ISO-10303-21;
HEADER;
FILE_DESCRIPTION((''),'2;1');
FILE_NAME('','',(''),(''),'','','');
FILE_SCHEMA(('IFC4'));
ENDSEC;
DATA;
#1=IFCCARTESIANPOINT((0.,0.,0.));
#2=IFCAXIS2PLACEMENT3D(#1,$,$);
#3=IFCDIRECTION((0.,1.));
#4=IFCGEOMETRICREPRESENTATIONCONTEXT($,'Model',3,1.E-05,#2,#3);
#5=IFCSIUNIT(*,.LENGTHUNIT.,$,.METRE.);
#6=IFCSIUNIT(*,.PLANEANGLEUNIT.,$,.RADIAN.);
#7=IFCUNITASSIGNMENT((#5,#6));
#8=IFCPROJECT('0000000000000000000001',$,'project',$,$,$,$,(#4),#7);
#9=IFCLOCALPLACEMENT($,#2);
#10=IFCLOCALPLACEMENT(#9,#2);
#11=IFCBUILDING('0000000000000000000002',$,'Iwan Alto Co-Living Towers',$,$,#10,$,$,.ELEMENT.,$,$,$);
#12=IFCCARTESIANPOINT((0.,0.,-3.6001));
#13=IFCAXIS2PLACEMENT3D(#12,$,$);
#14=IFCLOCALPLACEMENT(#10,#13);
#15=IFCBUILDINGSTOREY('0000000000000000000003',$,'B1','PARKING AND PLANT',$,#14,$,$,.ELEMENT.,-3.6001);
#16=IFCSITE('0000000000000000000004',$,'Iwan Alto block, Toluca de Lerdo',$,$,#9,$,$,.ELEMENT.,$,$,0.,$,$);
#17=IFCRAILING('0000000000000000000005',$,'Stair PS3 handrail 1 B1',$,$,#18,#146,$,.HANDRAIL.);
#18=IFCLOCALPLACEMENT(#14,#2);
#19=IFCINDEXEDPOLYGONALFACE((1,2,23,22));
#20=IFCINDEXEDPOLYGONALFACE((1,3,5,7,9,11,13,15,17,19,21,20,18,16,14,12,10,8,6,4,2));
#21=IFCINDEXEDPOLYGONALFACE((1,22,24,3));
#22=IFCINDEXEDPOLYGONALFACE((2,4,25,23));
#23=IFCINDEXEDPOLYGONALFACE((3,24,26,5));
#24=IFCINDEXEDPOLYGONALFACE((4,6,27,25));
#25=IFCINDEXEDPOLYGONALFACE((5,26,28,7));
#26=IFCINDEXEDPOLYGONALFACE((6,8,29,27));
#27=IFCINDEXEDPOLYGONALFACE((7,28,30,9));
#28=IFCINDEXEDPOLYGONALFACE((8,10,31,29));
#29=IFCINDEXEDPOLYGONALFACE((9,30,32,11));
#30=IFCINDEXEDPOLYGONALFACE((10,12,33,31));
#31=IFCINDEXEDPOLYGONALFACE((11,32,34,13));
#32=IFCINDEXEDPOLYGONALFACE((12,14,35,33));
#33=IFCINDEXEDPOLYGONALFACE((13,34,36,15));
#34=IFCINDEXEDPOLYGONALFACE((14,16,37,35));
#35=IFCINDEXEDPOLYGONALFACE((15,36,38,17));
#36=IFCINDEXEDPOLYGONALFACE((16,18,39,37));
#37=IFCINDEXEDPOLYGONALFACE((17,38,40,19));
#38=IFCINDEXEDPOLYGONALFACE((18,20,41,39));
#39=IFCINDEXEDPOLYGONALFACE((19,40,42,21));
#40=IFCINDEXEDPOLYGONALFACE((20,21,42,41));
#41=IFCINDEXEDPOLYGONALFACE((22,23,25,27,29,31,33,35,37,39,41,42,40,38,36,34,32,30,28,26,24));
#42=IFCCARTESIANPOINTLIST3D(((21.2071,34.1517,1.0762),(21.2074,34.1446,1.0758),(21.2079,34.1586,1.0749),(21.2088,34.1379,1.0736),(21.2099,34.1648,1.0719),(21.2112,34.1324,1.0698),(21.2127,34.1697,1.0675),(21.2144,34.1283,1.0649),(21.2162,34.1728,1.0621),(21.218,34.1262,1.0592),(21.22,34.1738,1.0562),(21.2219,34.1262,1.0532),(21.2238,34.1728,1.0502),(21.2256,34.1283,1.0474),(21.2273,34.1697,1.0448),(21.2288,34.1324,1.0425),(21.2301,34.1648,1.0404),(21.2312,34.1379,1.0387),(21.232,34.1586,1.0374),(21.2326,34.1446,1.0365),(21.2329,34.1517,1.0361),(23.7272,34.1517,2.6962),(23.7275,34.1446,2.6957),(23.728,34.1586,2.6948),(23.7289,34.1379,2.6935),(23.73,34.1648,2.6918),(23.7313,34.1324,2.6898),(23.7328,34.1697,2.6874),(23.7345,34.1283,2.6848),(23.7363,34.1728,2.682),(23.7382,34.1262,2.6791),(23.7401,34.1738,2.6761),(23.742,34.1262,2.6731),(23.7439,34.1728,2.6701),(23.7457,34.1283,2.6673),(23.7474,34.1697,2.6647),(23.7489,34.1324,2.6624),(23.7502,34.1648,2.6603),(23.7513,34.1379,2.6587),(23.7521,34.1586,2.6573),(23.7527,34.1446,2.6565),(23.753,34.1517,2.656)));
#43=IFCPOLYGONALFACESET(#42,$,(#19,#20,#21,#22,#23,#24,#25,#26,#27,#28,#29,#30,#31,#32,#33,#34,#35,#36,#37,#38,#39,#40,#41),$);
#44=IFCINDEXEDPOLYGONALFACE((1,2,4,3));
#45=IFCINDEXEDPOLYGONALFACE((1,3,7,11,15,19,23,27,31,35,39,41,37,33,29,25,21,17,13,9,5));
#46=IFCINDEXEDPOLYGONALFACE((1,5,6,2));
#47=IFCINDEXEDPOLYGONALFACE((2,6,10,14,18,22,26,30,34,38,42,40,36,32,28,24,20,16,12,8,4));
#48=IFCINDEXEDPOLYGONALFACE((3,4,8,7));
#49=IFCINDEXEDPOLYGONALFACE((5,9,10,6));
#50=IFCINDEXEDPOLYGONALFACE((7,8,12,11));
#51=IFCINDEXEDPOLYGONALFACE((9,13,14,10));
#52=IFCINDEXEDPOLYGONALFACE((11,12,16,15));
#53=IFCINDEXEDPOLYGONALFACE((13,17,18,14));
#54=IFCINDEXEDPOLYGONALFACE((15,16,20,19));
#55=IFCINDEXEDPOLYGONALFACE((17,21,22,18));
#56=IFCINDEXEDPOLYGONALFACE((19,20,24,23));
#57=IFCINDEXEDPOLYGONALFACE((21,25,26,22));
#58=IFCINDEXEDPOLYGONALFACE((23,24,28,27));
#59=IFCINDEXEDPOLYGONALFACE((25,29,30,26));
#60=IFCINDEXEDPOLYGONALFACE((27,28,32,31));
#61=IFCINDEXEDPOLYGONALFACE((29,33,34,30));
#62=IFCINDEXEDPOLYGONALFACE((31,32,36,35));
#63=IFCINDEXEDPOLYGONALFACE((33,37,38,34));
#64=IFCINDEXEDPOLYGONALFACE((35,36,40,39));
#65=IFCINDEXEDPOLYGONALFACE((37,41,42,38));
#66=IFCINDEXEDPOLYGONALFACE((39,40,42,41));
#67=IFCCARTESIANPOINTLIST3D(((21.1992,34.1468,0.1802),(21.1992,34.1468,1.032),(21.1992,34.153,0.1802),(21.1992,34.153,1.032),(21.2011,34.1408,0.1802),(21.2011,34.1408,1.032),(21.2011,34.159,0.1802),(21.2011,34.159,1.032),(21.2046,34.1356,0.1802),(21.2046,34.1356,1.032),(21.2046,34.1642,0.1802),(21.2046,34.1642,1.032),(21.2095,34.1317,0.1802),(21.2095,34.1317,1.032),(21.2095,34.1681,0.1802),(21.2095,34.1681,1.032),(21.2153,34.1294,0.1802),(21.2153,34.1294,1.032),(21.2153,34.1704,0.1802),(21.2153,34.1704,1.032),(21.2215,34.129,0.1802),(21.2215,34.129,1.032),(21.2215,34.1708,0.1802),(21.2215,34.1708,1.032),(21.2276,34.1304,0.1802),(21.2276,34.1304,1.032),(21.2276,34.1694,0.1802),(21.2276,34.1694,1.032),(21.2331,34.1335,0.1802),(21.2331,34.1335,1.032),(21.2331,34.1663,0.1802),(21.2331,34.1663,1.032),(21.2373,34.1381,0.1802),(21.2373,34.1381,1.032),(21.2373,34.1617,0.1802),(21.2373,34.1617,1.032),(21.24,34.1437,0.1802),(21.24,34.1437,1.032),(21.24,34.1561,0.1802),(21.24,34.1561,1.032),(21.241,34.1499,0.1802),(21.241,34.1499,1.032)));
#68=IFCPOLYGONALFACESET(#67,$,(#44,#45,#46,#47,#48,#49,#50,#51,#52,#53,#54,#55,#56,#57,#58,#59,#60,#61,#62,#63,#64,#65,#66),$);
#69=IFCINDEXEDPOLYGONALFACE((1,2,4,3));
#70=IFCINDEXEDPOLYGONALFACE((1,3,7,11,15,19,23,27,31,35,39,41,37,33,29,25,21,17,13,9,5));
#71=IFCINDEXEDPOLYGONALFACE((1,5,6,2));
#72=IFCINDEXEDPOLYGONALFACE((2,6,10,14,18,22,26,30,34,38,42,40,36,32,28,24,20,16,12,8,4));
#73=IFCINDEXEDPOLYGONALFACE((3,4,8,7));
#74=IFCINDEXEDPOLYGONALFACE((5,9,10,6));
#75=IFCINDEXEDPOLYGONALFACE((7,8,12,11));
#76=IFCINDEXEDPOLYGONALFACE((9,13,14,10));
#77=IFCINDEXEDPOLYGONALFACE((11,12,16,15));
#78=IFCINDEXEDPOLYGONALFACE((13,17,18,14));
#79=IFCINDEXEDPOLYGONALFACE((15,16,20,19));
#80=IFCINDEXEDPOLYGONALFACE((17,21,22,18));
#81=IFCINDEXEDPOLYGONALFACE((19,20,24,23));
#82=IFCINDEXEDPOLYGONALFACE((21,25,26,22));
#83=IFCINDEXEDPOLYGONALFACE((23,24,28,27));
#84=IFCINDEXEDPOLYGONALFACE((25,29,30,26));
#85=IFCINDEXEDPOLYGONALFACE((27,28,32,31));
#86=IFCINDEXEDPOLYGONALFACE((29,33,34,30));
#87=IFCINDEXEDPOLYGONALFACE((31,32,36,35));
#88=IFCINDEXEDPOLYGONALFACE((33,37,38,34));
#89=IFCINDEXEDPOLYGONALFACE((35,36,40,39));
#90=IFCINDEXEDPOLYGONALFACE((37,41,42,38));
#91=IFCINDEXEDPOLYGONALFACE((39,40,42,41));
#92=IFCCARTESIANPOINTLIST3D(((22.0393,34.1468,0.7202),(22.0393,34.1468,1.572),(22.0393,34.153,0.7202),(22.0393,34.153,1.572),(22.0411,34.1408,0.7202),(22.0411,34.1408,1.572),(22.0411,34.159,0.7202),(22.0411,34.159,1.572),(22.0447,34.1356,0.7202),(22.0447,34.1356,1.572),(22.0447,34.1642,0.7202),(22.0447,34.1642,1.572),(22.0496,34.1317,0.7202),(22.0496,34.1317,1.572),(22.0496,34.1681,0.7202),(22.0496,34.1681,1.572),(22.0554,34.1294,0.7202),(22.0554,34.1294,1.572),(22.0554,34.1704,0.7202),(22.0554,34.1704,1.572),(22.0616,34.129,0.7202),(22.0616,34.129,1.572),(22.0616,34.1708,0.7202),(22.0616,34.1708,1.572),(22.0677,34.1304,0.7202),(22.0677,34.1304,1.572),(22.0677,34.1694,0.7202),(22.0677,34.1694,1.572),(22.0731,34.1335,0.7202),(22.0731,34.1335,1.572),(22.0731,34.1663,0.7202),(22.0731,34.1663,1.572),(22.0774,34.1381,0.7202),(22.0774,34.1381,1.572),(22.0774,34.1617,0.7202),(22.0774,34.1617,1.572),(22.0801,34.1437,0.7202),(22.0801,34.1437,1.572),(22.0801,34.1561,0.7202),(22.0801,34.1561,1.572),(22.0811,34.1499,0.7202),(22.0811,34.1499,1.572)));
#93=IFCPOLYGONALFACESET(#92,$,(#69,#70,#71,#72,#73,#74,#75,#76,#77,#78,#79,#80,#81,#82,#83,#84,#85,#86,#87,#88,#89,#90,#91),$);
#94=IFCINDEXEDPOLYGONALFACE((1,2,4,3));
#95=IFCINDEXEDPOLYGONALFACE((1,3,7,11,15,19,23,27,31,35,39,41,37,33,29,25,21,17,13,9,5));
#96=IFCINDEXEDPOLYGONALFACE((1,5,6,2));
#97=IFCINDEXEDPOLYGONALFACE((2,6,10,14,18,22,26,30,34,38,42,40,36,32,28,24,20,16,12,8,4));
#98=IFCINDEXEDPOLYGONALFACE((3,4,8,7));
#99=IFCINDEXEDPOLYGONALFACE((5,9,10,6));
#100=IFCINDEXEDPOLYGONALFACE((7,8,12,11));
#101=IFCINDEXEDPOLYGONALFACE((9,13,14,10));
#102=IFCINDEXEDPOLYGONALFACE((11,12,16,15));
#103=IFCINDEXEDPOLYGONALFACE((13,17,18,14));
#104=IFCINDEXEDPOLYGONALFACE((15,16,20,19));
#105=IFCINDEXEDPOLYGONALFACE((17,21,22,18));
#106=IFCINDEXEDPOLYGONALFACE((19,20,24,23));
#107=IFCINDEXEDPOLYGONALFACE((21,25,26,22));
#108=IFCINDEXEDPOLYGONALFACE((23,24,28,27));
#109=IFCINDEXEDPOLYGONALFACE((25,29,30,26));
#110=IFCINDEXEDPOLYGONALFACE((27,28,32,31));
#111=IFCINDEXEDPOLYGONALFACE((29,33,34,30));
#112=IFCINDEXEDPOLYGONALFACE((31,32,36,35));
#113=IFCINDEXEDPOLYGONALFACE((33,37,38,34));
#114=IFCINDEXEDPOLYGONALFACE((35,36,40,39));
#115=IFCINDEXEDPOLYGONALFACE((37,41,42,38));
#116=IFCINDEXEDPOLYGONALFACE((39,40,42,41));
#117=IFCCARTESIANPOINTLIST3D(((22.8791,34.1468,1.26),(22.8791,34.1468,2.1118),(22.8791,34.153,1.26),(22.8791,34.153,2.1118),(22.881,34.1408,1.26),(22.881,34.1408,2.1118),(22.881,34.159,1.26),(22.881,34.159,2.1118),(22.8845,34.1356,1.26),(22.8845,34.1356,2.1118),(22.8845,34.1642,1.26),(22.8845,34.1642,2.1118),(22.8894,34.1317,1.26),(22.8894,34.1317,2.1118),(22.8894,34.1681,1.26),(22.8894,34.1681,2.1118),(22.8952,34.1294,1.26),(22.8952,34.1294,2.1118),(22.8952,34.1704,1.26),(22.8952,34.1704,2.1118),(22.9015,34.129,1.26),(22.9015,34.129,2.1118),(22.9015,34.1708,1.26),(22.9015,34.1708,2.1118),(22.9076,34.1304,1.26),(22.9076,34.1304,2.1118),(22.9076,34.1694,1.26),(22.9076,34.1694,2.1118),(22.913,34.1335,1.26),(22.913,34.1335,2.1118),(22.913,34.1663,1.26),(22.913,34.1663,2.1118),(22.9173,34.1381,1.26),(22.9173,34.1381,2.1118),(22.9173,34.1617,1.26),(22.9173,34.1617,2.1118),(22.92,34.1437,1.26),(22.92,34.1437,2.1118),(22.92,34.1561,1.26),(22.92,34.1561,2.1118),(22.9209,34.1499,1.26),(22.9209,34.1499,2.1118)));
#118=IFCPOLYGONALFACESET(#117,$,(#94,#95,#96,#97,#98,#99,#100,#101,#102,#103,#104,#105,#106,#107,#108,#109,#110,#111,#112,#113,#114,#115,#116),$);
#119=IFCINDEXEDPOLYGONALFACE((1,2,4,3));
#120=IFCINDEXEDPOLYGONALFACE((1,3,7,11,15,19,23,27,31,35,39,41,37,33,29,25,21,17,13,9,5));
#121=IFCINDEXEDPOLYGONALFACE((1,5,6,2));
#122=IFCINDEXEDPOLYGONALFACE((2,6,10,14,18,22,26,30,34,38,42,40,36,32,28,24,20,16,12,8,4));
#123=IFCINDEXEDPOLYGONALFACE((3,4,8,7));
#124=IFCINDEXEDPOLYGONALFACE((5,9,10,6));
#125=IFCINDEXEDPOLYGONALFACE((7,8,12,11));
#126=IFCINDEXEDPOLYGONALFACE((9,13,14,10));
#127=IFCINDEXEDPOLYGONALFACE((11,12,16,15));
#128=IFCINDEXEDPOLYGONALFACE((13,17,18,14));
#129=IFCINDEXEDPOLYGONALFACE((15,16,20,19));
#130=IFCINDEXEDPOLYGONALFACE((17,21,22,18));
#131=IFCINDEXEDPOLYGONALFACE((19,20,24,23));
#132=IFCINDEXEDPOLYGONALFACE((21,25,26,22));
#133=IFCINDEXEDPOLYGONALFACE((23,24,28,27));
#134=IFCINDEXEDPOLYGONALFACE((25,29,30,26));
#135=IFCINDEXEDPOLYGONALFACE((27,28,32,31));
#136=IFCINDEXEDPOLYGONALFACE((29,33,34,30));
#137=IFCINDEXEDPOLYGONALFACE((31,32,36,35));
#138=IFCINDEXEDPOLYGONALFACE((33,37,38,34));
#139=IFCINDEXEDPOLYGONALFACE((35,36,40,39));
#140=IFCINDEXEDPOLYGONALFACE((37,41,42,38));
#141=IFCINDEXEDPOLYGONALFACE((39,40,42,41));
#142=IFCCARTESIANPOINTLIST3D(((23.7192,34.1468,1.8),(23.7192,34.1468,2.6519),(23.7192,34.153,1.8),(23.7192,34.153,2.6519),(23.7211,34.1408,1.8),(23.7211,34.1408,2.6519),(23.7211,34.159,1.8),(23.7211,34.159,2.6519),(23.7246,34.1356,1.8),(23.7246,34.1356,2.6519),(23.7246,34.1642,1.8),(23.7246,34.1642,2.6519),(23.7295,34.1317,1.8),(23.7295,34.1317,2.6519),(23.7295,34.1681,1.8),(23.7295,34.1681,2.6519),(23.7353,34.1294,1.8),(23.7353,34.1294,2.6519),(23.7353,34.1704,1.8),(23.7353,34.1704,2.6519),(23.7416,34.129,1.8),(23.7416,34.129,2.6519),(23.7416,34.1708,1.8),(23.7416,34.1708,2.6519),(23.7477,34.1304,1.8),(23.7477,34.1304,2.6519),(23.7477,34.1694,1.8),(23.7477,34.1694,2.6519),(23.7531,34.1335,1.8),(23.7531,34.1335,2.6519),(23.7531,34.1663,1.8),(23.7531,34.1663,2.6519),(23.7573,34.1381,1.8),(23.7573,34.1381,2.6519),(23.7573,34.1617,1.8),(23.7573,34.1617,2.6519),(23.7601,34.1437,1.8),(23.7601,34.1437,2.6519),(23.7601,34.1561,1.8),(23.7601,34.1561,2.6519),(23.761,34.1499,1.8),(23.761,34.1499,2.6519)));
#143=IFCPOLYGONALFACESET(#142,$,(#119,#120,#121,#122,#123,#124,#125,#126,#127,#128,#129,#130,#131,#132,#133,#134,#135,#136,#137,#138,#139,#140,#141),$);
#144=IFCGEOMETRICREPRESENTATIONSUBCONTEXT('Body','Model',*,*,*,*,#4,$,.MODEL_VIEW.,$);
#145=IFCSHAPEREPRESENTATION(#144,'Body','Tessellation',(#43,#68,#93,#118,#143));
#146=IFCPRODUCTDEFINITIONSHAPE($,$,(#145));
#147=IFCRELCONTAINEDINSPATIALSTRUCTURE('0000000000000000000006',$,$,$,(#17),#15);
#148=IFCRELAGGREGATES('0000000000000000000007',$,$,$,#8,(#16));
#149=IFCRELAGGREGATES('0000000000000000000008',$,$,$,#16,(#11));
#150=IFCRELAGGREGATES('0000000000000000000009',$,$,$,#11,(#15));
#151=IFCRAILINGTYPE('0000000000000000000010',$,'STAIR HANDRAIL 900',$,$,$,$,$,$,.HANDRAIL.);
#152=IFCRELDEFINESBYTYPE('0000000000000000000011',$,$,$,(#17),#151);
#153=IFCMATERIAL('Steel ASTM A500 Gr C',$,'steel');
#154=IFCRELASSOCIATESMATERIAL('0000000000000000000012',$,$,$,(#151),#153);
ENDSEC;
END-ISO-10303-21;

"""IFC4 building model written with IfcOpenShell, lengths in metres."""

from ifc_helpers import new_model, si_unit, direction, frame, origin, origin_2d, place, context, subcontext, project, spatial, circle, extrude, material, type_object, element, save


model = new_model("IFC4")

# Units and contexts
model_context = context("Model", 3, precision=1e-05, world=origin(), true_north=direction((0.0, 1.0)))
body_context = subcontext(model_context, "Body", "Model", "MODEL_VIEW")
ifc_project = project(units=[si_unit("LENGTHUNIT", "METRE"), si_unit("PLANEANGLEUNIT", "RADIAN")], contexts=[model_context])

# Site, building, storey
site_placement = place(None, origin())
site = spatial("IfcSite", under=ifc_project, at=site_placement, Name="Iwan Alto block, Toluca de Lerdo", CompositionType="ELEMENT", RefElevation=0.0)
building_placement = place(site_placement, origin())
building = spatial("IfcBuilding", under=site, at=building_placement, Name="Iwan Alto Co-Living Towers", CompositionType="ELEMENT")
storey_placement = place(building_placement, frame((0.0, 0.0, -3.6001)))
storey = spatial("IfcBuildingStorey", under=building, at=storey_placement, Name="B1", Description="PARKING AND PLANT", CompositionType="ELEMENT", Elevation=-3.6001)

# Railing
ifc_material_1 = material(Name="Steel ASTM A500 Gr C", Category="steel")
railing_type_1 = type_object("IfcRailingType", Name="STAIR HANDRAIL 900", PredefinedType="HANDRAIL", material=ifc_material_1)
railing_1_placement = place(storey_placement, frame((21.22, 34.1499, 0.1802)))
element("IfcRailing", 1, at=railing_1_placement, inside=storey, type_object=railing_type_1, Name="Stair PS3 handrail 1 B1", PredefinedType="HANDRAIL", context=body_context, shape_type="SweptSolid", body=[
    extrude(circle(Radius=0.0239, at=origin_2d()), frame((0.0, 0.0, 0.876), z_axis=(0.8412, 0.0, 0.540725), x_axis=(0.0, 1.0, 0.0)), (0.0, 0.0, 1.0), 2.9958),
    extrude(circle(Radius=0.021, at=origin_2d()), origin(), (0.0, 0.0, 1.0), 0.8518),
    extrude(circle(Radius=0.021, at=origin_2d()), frame((0.8401, 0.0, 0.54)), (0.0, 0.0, 1.0), 0.8518),
    extrude(circle(Radius=0.021, at=origin_2d()), frame((1.6799, 0.0, 1.0798)), (0.0, 0.0, 1.0), 0.8518),
    extrude(circle(Radius=0.021, at=origin_2d()), frame((2.52, 0.0, 1.6199)), (0.0, 0.0, 1.0), 0.8518),
])

save(model, "model.ifc")
